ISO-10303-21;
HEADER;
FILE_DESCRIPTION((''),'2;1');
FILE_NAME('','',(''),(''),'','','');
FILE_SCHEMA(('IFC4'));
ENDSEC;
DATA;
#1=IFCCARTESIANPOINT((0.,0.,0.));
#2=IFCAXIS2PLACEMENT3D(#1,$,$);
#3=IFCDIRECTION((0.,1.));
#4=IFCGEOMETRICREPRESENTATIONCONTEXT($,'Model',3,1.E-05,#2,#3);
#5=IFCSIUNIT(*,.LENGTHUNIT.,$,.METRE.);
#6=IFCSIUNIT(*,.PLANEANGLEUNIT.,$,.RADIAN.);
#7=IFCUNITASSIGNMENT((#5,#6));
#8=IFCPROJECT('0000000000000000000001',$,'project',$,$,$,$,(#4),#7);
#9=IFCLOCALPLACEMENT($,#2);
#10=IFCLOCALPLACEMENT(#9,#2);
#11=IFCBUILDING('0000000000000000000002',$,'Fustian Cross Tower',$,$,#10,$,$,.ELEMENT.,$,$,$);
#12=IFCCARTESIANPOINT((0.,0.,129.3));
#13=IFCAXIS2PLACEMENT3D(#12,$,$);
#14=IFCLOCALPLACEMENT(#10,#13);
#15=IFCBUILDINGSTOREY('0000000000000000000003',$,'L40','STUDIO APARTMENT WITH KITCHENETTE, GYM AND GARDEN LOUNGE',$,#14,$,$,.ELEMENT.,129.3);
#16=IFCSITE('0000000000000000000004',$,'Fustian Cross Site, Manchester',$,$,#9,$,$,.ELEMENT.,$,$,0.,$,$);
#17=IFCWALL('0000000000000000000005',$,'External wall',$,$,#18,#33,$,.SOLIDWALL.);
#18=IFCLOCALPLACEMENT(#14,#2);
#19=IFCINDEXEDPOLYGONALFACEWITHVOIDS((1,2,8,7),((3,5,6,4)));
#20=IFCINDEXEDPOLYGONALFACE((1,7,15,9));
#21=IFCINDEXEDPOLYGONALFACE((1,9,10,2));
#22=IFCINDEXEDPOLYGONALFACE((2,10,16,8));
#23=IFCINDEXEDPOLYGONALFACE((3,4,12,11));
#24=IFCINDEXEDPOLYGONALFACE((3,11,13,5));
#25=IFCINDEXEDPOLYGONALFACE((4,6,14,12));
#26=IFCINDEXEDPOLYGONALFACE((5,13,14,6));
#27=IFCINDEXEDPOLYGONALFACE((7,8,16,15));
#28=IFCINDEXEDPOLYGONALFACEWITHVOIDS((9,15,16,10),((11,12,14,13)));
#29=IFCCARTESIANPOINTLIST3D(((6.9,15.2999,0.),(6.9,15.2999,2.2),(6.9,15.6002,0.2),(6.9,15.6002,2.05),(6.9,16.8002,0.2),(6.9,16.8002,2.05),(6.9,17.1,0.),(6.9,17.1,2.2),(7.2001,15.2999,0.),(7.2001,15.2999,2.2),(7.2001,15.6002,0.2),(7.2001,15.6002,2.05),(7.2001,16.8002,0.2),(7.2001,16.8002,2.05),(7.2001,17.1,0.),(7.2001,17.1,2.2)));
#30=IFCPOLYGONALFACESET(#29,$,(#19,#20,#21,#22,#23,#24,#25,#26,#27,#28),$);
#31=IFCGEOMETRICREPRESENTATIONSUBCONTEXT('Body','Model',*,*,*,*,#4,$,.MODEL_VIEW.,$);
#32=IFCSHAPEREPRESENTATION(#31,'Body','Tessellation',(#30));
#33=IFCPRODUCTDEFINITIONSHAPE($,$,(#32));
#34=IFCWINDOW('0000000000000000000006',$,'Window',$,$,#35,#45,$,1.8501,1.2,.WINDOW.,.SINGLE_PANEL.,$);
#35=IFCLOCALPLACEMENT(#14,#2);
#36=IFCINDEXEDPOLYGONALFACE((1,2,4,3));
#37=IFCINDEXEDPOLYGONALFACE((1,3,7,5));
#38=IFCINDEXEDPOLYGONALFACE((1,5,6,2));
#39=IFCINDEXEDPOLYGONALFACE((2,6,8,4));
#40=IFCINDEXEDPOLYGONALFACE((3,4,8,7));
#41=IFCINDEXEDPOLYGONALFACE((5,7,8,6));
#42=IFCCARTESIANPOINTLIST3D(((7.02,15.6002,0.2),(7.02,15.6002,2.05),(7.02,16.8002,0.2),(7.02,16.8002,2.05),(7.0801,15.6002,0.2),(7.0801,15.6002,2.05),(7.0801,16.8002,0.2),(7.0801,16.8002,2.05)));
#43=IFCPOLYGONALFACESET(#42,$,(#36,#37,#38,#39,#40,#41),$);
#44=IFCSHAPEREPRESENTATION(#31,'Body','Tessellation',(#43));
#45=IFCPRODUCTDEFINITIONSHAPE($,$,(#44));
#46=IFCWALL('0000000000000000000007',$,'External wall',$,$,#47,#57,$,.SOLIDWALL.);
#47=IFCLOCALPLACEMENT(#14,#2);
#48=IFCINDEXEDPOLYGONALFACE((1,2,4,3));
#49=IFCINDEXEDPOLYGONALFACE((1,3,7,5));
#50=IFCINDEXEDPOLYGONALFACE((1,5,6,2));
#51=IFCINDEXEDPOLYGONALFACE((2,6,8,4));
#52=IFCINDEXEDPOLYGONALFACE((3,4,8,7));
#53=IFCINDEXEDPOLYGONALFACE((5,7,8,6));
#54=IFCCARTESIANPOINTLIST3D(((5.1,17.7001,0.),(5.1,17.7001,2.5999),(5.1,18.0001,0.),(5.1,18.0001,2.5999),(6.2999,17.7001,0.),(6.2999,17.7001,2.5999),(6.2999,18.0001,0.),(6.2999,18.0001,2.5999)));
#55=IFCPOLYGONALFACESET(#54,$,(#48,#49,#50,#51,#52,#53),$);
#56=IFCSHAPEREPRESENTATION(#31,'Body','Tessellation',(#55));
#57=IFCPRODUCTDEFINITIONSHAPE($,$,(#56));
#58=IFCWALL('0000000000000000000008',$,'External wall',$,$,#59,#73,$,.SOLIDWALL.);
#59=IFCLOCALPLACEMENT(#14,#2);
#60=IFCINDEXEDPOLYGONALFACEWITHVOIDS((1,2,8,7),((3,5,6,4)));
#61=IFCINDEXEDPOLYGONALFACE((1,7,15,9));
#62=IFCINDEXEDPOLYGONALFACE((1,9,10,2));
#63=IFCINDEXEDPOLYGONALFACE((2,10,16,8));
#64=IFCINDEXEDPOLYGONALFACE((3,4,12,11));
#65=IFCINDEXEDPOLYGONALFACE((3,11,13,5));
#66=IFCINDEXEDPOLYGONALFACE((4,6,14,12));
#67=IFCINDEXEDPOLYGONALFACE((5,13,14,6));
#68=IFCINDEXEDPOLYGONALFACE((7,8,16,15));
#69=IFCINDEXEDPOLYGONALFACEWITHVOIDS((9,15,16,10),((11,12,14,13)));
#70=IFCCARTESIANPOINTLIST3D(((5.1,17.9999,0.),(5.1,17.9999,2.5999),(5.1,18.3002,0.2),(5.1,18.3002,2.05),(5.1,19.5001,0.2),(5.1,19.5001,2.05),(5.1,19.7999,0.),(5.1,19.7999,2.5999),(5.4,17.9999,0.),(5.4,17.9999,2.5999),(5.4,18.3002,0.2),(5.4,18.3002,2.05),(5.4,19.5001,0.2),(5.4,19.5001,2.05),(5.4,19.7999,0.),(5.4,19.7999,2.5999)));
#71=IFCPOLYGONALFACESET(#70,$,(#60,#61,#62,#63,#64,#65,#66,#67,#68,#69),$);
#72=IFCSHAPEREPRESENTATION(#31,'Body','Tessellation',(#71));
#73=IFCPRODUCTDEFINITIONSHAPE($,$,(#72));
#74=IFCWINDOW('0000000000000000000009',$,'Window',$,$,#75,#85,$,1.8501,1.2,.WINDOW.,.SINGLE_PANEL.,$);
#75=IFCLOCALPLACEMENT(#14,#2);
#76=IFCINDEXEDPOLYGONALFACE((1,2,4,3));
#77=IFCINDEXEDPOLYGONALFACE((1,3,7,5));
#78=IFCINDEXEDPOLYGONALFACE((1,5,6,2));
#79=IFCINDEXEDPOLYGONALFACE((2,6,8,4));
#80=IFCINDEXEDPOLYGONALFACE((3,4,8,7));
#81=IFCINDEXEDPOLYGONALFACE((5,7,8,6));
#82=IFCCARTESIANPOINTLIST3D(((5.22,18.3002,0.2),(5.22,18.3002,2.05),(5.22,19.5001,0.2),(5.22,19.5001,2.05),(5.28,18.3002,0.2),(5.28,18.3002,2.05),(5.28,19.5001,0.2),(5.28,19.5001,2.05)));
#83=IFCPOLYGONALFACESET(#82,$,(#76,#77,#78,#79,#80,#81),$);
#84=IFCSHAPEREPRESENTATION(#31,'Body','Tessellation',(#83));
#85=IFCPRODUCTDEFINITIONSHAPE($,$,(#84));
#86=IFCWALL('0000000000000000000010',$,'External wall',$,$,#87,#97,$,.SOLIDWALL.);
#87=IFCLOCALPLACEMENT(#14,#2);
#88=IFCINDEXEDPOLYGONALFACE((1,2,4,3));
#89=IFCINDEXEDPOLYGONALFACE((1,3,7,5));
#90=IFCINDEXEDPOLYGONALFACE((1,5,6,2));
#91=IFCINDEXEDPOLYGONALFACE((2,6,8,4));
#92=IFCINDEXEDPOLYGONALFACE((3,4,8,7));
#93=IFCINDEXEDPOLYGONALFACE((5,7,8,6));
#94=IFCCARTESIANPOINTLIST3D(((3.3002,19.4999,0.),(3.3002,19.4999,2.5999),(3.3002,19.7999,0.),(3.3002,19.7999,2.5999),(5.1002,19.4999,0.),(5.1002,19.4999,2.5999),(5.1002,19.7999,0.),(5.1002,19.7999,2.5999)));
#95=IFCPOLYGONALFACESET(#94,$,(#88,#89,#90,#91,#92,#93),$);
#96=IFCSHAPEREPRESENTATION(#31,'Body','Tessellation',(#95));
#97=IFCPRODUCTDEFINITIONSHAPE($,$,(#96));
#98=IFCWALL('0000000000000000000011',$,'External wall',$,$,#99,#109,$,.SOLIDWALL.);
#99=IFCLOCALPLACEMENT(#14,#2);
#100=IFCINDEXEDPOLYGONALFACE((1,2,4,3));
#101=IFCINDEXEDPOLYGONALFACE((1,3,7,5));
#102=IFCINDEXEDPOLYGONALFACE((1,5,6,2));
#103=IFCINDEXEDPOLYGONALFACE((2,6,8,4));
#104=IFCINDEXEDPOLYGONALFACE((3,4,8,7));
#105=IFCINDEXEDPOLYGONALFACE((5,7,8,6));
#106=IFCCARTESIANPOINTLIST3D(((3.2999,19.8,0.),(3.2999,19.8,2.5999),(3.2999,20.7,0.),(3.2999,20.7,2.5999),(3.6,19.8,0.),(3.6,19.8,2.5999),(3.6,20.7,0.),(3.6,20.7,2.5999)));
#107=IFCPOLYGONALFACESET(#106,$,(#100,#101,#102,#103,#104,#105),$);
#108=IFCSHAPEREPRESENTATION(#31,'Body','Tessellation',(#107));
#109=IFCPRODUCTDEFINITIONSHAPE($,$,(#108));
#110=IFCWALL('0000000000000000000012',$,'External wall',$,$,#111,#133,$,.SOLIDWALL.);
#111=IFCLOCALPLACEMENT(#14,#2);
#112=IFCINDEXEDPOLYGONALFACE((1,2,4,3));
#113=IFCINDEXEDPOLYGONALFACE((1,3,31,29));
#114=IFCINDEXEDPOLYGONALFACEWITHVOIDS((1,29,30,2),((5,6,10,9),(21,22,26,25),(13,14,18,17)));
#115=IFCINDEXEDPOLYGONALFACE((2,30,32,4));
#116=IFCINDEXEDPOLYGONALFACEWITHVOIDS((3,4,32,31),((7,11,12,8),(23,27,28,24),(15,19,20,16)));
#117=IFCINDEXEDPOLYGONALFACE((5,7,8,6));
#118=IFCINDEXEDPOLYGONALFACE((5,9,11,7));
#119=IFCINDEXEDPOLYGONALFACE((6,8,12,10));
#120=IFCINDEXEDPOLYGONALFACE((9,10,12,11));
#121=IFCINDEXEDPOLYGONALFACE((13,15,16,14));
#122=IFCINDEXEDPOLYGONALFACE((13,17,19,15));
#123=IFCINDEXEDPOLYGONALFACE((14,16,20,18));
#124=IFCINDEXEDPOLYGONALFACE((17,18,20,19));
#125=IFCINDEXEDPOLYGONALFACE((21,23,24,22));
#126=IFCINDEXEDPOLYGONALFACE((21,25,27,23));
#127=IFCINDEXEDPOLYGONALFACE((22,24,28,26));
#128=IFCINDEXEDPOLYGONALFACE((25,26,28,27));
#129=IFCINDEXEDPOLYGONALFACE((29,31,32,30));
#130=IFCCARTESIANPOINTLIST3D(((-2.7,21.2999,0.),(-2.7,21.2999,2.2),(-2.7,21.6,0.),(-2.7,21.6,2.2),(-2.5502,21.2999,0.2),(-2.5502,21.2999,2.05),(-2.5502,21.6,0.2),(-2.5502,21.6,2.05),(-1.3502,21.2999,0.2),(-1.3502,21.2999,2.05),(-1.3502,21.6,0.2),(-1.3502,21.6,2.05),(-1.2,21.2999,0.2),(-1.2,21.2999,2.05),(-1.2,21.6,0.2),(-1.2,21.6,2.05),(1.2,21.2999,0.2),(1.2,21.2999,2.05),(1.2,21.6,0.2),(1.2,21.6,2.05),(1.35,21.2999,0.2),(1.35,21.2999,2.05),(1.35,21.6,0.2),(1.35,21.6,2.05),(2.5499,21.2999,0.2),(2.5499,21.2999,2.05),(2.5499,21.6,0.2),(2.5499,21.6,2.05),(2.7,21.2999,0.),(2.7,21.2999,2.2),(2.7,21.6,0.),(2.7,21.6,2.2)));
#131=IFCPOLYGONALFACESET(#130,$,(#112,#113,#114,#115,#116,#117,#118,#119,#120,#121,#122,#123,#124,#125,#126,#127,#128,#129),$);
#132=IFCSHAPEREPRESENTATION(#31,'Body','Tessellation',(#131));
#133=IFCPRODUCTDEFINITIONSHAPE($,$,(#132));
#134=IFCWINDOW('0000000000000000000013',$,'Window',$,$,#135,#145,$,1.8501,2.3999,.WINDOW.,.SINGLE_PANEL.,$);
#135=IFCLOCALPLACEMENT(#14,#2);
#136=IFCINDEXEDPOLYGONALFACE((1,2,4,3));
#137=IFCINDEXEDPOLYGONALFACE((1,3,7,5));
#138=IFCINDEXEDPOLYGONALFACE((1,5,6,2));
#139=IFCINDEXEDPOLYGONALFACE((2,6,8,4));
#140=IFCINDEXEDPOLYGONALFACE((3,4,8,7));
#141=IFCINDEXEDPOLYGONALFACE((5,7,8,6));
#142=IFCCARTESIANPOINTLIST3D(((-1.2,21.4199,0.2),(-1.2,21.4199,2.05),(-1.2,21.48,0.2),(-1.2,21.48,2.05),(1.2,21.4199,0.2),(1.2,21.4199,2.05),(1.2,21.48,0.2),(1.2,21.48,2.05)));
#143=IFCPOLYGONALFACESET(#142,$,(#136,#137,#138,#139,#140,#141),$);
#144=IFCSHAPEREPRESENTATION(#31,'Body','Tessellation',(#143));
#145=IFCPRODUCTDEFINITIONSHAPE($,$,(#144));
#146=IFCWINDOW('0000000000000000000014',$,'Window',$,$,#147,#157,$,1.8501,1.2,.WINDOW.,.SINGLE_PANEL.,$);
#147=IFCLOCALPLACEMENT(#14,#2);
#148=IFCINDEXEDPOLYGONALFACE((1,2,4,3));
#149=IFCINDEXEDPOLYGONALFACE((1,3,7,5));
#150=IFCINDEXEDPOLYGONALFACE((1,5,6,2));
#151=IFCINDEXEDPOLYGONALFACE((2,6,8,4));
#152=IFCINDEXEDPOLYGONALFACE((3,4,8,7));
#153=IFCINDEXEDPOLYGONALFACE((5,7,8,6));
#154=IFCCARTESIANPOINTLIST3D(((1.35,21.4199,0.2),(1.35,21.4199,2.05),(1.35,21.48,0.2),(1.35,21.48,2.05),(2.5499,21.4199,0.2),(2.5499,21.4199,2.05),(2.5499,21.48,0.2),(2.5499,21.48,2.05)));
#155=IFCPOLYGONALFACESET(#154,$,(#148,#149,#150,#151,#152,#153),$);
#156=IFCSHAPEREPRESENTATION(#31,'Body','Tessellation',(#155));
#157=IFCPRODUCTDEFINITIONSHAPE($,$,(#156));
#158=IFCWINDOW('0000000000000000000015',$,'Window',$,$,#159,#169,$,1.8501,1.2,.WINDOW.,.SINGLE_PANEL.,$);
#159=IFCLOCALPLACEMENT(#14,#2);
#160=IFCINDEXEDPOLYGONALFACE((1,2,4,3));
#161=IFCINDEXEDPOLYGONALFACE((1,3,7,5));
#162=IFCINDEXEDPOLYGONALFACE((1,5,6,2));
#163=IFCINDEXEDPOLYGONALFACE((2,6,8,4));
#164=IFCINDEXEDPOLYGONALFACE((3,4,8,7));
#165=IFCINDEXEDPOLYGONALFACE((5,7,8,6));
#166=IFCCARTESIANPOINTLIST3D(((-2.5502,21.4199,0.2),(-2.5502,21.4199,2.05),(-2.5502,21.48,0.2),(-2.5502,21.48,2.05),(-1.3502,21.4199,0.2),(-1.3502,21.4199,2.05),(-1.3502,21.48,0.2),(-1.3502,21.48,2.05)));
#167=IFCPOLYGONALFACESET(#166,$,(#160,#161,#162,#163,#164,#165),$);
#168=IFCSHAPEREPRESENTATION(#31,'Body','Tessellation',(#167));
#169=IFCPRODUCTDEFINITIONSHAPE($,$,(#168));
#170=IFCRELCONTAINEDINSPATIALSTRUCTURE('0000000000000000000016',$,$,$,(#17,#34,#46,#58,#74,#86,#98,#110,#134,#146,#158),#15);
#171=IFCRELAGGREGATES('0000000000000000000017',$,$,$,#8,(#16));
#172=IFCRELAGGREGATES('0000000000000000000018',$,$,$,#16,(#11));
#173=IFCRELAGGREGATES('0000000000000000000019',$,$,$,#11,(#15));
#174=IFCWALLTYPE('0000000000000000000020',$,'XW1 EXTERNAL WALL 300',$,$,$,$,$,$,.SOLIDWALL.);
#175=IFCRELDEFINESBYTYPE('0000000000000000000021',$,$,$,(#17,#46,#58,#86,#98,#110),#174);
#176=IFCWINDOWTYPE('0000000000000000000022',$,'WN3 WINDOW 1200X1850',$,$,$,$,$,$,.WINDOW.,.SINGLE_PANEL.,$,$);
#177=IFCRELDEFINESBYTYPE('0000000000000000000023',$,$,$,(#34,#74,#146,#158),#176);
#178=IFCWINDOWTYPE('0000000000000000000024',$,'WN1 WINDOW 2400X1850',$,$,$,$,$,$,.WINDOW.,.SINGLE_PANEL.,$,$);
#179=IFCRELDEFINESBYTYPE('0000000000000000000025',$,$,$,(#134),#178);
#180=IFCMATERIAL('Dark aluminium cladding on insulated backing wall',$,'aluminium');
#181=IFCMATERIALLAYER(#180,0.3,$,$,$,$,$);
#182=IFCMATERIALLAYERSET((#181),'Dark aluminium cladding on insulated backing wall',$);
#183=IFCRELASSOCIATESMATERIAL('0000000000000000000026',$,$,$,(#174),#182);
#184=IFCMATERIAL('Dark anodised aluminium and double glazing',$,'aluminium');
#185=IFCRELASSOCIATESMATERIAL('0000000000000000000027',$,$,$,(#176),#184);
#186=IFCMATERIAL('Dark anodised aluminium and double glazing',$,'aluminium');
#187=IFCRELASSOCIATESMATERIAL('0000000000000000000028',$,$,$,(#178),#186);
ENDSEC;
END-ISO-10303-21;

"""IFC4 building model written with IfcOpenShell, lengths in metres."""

from ifc_helpers import new_model, si_unit, direction, frame, frame_2d, origin, place, context, subcontext, project, spatial, rectangle, extrude, material, layer, layer_set, type_object, element, fill, save


model = new_model("IFC4")

# Units and contexts
model_context = context("Model", 3, precision=1e-05, world=origin(), true_north=direction((0.0, 1.0)))
body_context = subcontext(model_context, "Body", "Model", "MODEL_VIEW")
ifc_project = project(units=[si_unit("LENGTHUNIT", "METRE"), si_unit("PLANEANGLEUNIT", "RADIAN")], contexts=[model_context])

# Site, building, storey
site_placement = place(None, origin())
site = spatial("IfcSite", under=ifc_project, at=site_placement, Name="Fustian Cross Site, Manchester", CompositionType="ELEMENT", RefElevation=0.0)
building_placement = place(site_placement, origin())
building = spatial("IfcBuilding", under=site, at=building_placement, Name="Fustian Cross Tower", CompositionType="ELEMENT")
storey_placement = place(building_placement, frame((0.0, 0.0, 129.3)))
storey = spatial("IfcBuildingStorey", under=building, at=storey_placement, Name="L40", Description="STUDIO APARTMENT WITH KITCHENETTE, GYM AND GARDEN LOUNGE", CompositionType="ELEMENT", Elevation=129.3)

# Shared definitions
ifc_material_1 = material(Name="Dark aluminium cladding on insulated backing wall", Category="aluminium")
ifc_layer_1 = layer(ifc_material_1, 0.3)
ifc_layer_set_1 = layer_set([ifc_layer_1], Name="Dark aluminium cladding on insulated backing wall")
wall_type_1 = type_object("IfcWallType", Name="XW1 EXTERNAL WALL 300", PredefinedType="SOLIDWALL", material=ifc_layer_set_1)

# Wall, opening, window
wall_1_placement = place(storey_placement, frame((7.05, 15.3, 0.0), z_axis=(0.0, 0.0, 1.0), x_axis=(0.0, 1.0, 0.0)))
wall_1 = element("IfcWall", 1, at=wall_1_placement, inside=storey, type_object=wall_type_1, Name="External wall", PredefinedType="SOLIDWALL", context=body_context, shape_type="SweptSolid", body=[
    extrude(rectangle(XDim=1.8, YDim=0.3, at=frame_2d((0.8999, 0.0))), origin(), (0.0, 0.0, 1.0), 2.2),
])
opening_1_placement = place(wall_1_placement, frame((0.3, 0.0, 0.2)))
opening_1 = element("IfcOpeningElement", 2, at=opening_1_placement, cuts=wall_1, PredefinedType="OPENING", context=body_context, shape_type="SweptSolid", body=[
    extrude(rectangle(XDim=1.2, YDim=1.8501, at=frame_2d((0.6001, 0.925))), frame((0.0, 0.1599, 0.0), z_axis=(0.0, -1.0, 0.0), x_axis=(1.0, 0.0, 0.0)), (0.0, 0.0, 1.0), 0.3201),
])
ifc_material_2 = material(Name="Dark anodised aluminium and double glazing", Category="aluminium")
window_type_1 = type_object("IfcWindowType", Name="WN3 WINDOW 1200X1850", PartitioningType="SINGLE_PANEL", PredefinedType="WINDOW", material=ifc_material_2)
window_1_placement = place(opening_1_placement, origin())
window_1 = element("IfcWindow", 3, at=window_1_placement, inside=storey, type_object=window_type_1, Name="Window", OverallHeight=1.8501, OverallWidth=1.2, PartitioningType="SINGLE_PANEL", PredefinedType="WINDOW", context=body_context, shape_type="SweptSolid", body=[
    extrude(rectangle(XDim=1.2, YDim=1.8501, at=frame_2d((0.6001, 0.925))), frame((0.0, 0.03, 0.0), z_axis=(0.0, -1.0, 0.0), x_axis=(1.0, 0.0, 0.0)), (0.0, 0.0, 1.0), 0.0601),
])
fill(opening_1, window_1)

# Wall
wall_2_placement = place(storey_placement, frame((6.3, 17.8501, 0.0), z_axis=(0.0, 0.0, 1.0), x_axis=(-1.0, 0.0, 0.0)))
element("IfcWall", 4, at=wall_2_placement, inside=storey, type_object=wall_type_1, Name="External wall", PredefinedType="SOLIDWALL", context=body_context, shape_type="SweptSolid", body=[
    extrude(rectangle(XDim=1.2, YDim=0.3, at=frame_2d((0.6001, 0.0))), origin(), (0.0, 0.0, 1.0), 2.5999),
])

# Wall, opening, window
wall_3_placement = place(storey_placement, frame((5.25, 18.0, 0.0), z_axis=(0.0, 0.0, 1.0), x_axis=(0.0, 1.0, 0.0)))
wall_3 = element("IfcWall", 5, at=wall_3_placement, inside=storey, type_object=wall_type_1, Name="External wall", PredefinedType="SOLIDWALL", context=body_context, shape_type="SweptSolid", body=[
    extrude(rectangle(XDim=1.8, YDim=0.3, at=frame_2d((0.8999, 0.0))), origin(), (0.0, 0.0, 1.0), 2.5999),
])
opening_2_placement = place(wall_3_placement, frame((0.3, 0.0, 0.2)))
opening_2 = element("IfcOpeningElement", 6, at=opening_2_placement, cuts=wall_3, PredefinedType="OPENING", context=body_context, shape_type="SweptSolid", body=[
    extrude(rectangle(XDim=1.2, YDim=1.8501, at=frame_2d((0.6001, 0.925))), frame((0.0, 0.1599, 0.0), z_axis=(0.0, -1.0, 0.0), x_axis=(1.0, 0.0, 0.0)), (0.0, 0.0, 1.0), 0.3201),
])
window_2_placement = place(opening_2_placement, origin())
window_2 = element("IfcWindow", 7, at=window_2_placement, inside=storey, type_object=window_type_1, Name="Window", OverallHeight=1.8501, OverallWidth=1.2, PartitioningType="SINGLE_PANEL", PredefinedType="WINDOW", context=body_context, shape_type="SweptSolid", body=[
    extrude(rectangle(XDim=1.2, YDim=1.8501, at=frame_2d((0.6001, 0.925))), frame((0.0, 0.03, 0.0), z_axis=(0.0, -1.0, 0.0), x_axis=(1.0, 0.0, 0.0)), (0.0, 0.0, 1.0), 0.0601),
])
fill(opening_2, window_2)

# Walls
wall_4_placement = place(storey_placement, frame((5.1001, 19.6499, 0.0), z_axis=(0.0, 0.0, 1.0), x_axis=(-1.0, 0.0, 0.0)))
element("IfcWall", 8, at=wall_4_placement, inside=storey, type_object=wall_type_1, Name="External wall", PredefinedType="SOLIDWALL", context=body_context, shape_type="SweptSolid", body=[
    extrude(rectangle(XDim=1.8, YDim=0.3, at=frame_2d((0.8999, 0.0))), origin(), (0.0, 0.0, 1.0), 2.5999),
])
wall_5_placement = place(storey_placement, frame((3.45, 19.8, 0.0), z_axis=(0.0, 0.0, 1.0), x_axis=(0.0, 1.0, 0.0)))
element("IfcWall", 9, at=wall_5_placement, inside=storey, type_object=wall_type_1, Name="External wall", PredefinedType="SOLIDWALL", context=body_context, shape_type="SweptSolid", body=[
    extrude(rectangle(XDim=0.8999, YDim=0.3, at=frame_2d((0.45, 0.0))), origin(), (0.0, 0.0, 1.0), 2.5999),
])

# Wall, openings, windows
wall_6_placement = place(storey_placement, frame((2.7, 21.45, 0.0), z_axis=(0.0, 0.0, 1.0), x_axis=(-1.0, 0.0, 0.0)))
wall_6 = element("IfcWall", 10, at=wall_6_placement, inside=storey, type_object=wall_type_1, Name="External wall", PredefinedType="SOLIDWALL", context=body_context, shape_type="SweptSolid", body=[
    extrude(rectangle(XDim=5.3999, YDim=0.3, at=frame_2d((2.7, 0.0))), origin(), (0.0, 0.0, 1.0), 2.2),
])
opening_3_placement = place(wall_6_placement, frame((1.5, 0.0, 0.2)))
opening_3 = element("IfcOpeningElement", 11, at=opening_3_placement, cuts=wall_6, PredefinedType="OPENING", context=body_context, shape_type="SweptSolid", body=[
    extrude(rectangle(XDim=2.3999, YDim=1.8501, at=frame_2d((1.2, 0.925))), frame((0.0, 0.1599, 0.0), z_axis=(0.0, -1.0, 0.0), x_axis=(1.0, 0.0, 0.0)), (0.0, 0.0, 1.0), 0.3201),
])
opening_4_placement = place(wall_6_placement, frame((0.1499, 0.0, 0.2)))
opening_4 = element("IfcOpeningElement", 12, at=opening_4_placement, cuts=wall_6, PredefinedType="OPENING", context=body_context, shape_type="SweptSolid", body=[
    extrude(rectangle(XDim=1.2, YDim=1.8501, at=frame_2d((0.6001, 0.925))), frame((0.0, 0.1599, 0.0), z_axis=(0.0, -1.0, 0.0), x_axis=(1.0, 0.0, 0.0)), (0.0, 0.0, 1.0), 0.3201),
])
opening_5_placement = place(wall_6_placement, frame((4.05, 0.0, 0.2)))
opening_5 = element("IfcOpeningElement", 13, at=opening_5_placement, cuts=wall_6, PredefinedType="OPENING", context=body_context, shape_type="SweptSolid", body=[
    extrude(rectangle(XDim=1.2, YDim=1.8501, at=frame_2d((0.6001, 0.925))), frame((0.0, 0.1599, 0.0), z_axis=(0.0, -1.0, 0.0), x_axis=(1.0, 0.0, 0.0)), (0.0, 0.0, 1.0), 0.3201),
])
ifc_material_3 = material(Name="Dark anodised aluminium and double glazing", Category="aluminium")
window_type_2 = type_object("IfcWindowType", Name="WN1 WINDOW 2400X1850", PartitioningType="SINGLE_PANEL", PredefinedType="WINDOW", material=ifc_material_3)
window_3_placement = place(opening_3_placement, origin())
window_3 = element("IfcWindow", 14, at=window_3_placement, inside=storey, type_object=window_type_2, Name="Window", OverallHeight=1.8501, OverallWidth=2.3999, PartitioningType="SINGLE_PANEL", PredefinedType="WINDOW", context=body_context, shape_type="SweptSolid", body=[
    extrude(rectangle(XDim=2.3999, YDim=1.8501, at=frame_2d((1.2, 0.925))), frame((0.0, 0.03, 0.0), z_axis=(0.0, -1.0, 0.0), x_axis=(1.0, 0.0, 0.0)), (0.0, 0.0, 1.0), 0.0601),
])
fill(opening_3, window_3)
window_4_placement = place(opening_4_placement, origin())
window_4 = element("IfcWindow", 15, at=window_4_placement, inside=storey, type_object=window_type_1, Name="Window", OverallHeight=1.8501, OverallWidth=1.2, PartitioningType="SINGLE_PANEL", PredefinedType="WINDOW", context=body_context, shape_type="SweptSolid", body=[
    extrude(rectangle(XDim=1.2, YDim=1.8501, at=frame_2d((0.6001, 0.925))), frame((0.0, 0.03, 0.0), z_axis=(0.0, -1.0, 0.0), x_axis=(1.0, 0.0, 0.0)), (0.0, 0.0, 1.0), 0.0601),
])
fill(opening_4, window_4)
window_5_placement = place(opening_5_placement, origin())
window_5 = element("IfcWindow", 16, at=window_5_placement, inside=storey, type_object=window_type_1, Name="Window", OverallHeight=1.8501, OverallWidth=1.2, PartitioningType="SINGLE_PANEL", PredefinedType="WINDOW", context=body_context, shape_type="SweptSolid", body=[
    extrude(rectangle(XDim=1.2, YDim=1.8501, at=frame_2d((0.6001, 0.925))), frame((0.0, 0.03, 0.0), z_axis=(0.0, -1.0, 0.0), x_axis=(1.0, 0.0, 0.0)), (0.0, 0.0, 1.0), 0.0601),
])
fill(opening_5, window_5)

save(model, "model.ifc")
